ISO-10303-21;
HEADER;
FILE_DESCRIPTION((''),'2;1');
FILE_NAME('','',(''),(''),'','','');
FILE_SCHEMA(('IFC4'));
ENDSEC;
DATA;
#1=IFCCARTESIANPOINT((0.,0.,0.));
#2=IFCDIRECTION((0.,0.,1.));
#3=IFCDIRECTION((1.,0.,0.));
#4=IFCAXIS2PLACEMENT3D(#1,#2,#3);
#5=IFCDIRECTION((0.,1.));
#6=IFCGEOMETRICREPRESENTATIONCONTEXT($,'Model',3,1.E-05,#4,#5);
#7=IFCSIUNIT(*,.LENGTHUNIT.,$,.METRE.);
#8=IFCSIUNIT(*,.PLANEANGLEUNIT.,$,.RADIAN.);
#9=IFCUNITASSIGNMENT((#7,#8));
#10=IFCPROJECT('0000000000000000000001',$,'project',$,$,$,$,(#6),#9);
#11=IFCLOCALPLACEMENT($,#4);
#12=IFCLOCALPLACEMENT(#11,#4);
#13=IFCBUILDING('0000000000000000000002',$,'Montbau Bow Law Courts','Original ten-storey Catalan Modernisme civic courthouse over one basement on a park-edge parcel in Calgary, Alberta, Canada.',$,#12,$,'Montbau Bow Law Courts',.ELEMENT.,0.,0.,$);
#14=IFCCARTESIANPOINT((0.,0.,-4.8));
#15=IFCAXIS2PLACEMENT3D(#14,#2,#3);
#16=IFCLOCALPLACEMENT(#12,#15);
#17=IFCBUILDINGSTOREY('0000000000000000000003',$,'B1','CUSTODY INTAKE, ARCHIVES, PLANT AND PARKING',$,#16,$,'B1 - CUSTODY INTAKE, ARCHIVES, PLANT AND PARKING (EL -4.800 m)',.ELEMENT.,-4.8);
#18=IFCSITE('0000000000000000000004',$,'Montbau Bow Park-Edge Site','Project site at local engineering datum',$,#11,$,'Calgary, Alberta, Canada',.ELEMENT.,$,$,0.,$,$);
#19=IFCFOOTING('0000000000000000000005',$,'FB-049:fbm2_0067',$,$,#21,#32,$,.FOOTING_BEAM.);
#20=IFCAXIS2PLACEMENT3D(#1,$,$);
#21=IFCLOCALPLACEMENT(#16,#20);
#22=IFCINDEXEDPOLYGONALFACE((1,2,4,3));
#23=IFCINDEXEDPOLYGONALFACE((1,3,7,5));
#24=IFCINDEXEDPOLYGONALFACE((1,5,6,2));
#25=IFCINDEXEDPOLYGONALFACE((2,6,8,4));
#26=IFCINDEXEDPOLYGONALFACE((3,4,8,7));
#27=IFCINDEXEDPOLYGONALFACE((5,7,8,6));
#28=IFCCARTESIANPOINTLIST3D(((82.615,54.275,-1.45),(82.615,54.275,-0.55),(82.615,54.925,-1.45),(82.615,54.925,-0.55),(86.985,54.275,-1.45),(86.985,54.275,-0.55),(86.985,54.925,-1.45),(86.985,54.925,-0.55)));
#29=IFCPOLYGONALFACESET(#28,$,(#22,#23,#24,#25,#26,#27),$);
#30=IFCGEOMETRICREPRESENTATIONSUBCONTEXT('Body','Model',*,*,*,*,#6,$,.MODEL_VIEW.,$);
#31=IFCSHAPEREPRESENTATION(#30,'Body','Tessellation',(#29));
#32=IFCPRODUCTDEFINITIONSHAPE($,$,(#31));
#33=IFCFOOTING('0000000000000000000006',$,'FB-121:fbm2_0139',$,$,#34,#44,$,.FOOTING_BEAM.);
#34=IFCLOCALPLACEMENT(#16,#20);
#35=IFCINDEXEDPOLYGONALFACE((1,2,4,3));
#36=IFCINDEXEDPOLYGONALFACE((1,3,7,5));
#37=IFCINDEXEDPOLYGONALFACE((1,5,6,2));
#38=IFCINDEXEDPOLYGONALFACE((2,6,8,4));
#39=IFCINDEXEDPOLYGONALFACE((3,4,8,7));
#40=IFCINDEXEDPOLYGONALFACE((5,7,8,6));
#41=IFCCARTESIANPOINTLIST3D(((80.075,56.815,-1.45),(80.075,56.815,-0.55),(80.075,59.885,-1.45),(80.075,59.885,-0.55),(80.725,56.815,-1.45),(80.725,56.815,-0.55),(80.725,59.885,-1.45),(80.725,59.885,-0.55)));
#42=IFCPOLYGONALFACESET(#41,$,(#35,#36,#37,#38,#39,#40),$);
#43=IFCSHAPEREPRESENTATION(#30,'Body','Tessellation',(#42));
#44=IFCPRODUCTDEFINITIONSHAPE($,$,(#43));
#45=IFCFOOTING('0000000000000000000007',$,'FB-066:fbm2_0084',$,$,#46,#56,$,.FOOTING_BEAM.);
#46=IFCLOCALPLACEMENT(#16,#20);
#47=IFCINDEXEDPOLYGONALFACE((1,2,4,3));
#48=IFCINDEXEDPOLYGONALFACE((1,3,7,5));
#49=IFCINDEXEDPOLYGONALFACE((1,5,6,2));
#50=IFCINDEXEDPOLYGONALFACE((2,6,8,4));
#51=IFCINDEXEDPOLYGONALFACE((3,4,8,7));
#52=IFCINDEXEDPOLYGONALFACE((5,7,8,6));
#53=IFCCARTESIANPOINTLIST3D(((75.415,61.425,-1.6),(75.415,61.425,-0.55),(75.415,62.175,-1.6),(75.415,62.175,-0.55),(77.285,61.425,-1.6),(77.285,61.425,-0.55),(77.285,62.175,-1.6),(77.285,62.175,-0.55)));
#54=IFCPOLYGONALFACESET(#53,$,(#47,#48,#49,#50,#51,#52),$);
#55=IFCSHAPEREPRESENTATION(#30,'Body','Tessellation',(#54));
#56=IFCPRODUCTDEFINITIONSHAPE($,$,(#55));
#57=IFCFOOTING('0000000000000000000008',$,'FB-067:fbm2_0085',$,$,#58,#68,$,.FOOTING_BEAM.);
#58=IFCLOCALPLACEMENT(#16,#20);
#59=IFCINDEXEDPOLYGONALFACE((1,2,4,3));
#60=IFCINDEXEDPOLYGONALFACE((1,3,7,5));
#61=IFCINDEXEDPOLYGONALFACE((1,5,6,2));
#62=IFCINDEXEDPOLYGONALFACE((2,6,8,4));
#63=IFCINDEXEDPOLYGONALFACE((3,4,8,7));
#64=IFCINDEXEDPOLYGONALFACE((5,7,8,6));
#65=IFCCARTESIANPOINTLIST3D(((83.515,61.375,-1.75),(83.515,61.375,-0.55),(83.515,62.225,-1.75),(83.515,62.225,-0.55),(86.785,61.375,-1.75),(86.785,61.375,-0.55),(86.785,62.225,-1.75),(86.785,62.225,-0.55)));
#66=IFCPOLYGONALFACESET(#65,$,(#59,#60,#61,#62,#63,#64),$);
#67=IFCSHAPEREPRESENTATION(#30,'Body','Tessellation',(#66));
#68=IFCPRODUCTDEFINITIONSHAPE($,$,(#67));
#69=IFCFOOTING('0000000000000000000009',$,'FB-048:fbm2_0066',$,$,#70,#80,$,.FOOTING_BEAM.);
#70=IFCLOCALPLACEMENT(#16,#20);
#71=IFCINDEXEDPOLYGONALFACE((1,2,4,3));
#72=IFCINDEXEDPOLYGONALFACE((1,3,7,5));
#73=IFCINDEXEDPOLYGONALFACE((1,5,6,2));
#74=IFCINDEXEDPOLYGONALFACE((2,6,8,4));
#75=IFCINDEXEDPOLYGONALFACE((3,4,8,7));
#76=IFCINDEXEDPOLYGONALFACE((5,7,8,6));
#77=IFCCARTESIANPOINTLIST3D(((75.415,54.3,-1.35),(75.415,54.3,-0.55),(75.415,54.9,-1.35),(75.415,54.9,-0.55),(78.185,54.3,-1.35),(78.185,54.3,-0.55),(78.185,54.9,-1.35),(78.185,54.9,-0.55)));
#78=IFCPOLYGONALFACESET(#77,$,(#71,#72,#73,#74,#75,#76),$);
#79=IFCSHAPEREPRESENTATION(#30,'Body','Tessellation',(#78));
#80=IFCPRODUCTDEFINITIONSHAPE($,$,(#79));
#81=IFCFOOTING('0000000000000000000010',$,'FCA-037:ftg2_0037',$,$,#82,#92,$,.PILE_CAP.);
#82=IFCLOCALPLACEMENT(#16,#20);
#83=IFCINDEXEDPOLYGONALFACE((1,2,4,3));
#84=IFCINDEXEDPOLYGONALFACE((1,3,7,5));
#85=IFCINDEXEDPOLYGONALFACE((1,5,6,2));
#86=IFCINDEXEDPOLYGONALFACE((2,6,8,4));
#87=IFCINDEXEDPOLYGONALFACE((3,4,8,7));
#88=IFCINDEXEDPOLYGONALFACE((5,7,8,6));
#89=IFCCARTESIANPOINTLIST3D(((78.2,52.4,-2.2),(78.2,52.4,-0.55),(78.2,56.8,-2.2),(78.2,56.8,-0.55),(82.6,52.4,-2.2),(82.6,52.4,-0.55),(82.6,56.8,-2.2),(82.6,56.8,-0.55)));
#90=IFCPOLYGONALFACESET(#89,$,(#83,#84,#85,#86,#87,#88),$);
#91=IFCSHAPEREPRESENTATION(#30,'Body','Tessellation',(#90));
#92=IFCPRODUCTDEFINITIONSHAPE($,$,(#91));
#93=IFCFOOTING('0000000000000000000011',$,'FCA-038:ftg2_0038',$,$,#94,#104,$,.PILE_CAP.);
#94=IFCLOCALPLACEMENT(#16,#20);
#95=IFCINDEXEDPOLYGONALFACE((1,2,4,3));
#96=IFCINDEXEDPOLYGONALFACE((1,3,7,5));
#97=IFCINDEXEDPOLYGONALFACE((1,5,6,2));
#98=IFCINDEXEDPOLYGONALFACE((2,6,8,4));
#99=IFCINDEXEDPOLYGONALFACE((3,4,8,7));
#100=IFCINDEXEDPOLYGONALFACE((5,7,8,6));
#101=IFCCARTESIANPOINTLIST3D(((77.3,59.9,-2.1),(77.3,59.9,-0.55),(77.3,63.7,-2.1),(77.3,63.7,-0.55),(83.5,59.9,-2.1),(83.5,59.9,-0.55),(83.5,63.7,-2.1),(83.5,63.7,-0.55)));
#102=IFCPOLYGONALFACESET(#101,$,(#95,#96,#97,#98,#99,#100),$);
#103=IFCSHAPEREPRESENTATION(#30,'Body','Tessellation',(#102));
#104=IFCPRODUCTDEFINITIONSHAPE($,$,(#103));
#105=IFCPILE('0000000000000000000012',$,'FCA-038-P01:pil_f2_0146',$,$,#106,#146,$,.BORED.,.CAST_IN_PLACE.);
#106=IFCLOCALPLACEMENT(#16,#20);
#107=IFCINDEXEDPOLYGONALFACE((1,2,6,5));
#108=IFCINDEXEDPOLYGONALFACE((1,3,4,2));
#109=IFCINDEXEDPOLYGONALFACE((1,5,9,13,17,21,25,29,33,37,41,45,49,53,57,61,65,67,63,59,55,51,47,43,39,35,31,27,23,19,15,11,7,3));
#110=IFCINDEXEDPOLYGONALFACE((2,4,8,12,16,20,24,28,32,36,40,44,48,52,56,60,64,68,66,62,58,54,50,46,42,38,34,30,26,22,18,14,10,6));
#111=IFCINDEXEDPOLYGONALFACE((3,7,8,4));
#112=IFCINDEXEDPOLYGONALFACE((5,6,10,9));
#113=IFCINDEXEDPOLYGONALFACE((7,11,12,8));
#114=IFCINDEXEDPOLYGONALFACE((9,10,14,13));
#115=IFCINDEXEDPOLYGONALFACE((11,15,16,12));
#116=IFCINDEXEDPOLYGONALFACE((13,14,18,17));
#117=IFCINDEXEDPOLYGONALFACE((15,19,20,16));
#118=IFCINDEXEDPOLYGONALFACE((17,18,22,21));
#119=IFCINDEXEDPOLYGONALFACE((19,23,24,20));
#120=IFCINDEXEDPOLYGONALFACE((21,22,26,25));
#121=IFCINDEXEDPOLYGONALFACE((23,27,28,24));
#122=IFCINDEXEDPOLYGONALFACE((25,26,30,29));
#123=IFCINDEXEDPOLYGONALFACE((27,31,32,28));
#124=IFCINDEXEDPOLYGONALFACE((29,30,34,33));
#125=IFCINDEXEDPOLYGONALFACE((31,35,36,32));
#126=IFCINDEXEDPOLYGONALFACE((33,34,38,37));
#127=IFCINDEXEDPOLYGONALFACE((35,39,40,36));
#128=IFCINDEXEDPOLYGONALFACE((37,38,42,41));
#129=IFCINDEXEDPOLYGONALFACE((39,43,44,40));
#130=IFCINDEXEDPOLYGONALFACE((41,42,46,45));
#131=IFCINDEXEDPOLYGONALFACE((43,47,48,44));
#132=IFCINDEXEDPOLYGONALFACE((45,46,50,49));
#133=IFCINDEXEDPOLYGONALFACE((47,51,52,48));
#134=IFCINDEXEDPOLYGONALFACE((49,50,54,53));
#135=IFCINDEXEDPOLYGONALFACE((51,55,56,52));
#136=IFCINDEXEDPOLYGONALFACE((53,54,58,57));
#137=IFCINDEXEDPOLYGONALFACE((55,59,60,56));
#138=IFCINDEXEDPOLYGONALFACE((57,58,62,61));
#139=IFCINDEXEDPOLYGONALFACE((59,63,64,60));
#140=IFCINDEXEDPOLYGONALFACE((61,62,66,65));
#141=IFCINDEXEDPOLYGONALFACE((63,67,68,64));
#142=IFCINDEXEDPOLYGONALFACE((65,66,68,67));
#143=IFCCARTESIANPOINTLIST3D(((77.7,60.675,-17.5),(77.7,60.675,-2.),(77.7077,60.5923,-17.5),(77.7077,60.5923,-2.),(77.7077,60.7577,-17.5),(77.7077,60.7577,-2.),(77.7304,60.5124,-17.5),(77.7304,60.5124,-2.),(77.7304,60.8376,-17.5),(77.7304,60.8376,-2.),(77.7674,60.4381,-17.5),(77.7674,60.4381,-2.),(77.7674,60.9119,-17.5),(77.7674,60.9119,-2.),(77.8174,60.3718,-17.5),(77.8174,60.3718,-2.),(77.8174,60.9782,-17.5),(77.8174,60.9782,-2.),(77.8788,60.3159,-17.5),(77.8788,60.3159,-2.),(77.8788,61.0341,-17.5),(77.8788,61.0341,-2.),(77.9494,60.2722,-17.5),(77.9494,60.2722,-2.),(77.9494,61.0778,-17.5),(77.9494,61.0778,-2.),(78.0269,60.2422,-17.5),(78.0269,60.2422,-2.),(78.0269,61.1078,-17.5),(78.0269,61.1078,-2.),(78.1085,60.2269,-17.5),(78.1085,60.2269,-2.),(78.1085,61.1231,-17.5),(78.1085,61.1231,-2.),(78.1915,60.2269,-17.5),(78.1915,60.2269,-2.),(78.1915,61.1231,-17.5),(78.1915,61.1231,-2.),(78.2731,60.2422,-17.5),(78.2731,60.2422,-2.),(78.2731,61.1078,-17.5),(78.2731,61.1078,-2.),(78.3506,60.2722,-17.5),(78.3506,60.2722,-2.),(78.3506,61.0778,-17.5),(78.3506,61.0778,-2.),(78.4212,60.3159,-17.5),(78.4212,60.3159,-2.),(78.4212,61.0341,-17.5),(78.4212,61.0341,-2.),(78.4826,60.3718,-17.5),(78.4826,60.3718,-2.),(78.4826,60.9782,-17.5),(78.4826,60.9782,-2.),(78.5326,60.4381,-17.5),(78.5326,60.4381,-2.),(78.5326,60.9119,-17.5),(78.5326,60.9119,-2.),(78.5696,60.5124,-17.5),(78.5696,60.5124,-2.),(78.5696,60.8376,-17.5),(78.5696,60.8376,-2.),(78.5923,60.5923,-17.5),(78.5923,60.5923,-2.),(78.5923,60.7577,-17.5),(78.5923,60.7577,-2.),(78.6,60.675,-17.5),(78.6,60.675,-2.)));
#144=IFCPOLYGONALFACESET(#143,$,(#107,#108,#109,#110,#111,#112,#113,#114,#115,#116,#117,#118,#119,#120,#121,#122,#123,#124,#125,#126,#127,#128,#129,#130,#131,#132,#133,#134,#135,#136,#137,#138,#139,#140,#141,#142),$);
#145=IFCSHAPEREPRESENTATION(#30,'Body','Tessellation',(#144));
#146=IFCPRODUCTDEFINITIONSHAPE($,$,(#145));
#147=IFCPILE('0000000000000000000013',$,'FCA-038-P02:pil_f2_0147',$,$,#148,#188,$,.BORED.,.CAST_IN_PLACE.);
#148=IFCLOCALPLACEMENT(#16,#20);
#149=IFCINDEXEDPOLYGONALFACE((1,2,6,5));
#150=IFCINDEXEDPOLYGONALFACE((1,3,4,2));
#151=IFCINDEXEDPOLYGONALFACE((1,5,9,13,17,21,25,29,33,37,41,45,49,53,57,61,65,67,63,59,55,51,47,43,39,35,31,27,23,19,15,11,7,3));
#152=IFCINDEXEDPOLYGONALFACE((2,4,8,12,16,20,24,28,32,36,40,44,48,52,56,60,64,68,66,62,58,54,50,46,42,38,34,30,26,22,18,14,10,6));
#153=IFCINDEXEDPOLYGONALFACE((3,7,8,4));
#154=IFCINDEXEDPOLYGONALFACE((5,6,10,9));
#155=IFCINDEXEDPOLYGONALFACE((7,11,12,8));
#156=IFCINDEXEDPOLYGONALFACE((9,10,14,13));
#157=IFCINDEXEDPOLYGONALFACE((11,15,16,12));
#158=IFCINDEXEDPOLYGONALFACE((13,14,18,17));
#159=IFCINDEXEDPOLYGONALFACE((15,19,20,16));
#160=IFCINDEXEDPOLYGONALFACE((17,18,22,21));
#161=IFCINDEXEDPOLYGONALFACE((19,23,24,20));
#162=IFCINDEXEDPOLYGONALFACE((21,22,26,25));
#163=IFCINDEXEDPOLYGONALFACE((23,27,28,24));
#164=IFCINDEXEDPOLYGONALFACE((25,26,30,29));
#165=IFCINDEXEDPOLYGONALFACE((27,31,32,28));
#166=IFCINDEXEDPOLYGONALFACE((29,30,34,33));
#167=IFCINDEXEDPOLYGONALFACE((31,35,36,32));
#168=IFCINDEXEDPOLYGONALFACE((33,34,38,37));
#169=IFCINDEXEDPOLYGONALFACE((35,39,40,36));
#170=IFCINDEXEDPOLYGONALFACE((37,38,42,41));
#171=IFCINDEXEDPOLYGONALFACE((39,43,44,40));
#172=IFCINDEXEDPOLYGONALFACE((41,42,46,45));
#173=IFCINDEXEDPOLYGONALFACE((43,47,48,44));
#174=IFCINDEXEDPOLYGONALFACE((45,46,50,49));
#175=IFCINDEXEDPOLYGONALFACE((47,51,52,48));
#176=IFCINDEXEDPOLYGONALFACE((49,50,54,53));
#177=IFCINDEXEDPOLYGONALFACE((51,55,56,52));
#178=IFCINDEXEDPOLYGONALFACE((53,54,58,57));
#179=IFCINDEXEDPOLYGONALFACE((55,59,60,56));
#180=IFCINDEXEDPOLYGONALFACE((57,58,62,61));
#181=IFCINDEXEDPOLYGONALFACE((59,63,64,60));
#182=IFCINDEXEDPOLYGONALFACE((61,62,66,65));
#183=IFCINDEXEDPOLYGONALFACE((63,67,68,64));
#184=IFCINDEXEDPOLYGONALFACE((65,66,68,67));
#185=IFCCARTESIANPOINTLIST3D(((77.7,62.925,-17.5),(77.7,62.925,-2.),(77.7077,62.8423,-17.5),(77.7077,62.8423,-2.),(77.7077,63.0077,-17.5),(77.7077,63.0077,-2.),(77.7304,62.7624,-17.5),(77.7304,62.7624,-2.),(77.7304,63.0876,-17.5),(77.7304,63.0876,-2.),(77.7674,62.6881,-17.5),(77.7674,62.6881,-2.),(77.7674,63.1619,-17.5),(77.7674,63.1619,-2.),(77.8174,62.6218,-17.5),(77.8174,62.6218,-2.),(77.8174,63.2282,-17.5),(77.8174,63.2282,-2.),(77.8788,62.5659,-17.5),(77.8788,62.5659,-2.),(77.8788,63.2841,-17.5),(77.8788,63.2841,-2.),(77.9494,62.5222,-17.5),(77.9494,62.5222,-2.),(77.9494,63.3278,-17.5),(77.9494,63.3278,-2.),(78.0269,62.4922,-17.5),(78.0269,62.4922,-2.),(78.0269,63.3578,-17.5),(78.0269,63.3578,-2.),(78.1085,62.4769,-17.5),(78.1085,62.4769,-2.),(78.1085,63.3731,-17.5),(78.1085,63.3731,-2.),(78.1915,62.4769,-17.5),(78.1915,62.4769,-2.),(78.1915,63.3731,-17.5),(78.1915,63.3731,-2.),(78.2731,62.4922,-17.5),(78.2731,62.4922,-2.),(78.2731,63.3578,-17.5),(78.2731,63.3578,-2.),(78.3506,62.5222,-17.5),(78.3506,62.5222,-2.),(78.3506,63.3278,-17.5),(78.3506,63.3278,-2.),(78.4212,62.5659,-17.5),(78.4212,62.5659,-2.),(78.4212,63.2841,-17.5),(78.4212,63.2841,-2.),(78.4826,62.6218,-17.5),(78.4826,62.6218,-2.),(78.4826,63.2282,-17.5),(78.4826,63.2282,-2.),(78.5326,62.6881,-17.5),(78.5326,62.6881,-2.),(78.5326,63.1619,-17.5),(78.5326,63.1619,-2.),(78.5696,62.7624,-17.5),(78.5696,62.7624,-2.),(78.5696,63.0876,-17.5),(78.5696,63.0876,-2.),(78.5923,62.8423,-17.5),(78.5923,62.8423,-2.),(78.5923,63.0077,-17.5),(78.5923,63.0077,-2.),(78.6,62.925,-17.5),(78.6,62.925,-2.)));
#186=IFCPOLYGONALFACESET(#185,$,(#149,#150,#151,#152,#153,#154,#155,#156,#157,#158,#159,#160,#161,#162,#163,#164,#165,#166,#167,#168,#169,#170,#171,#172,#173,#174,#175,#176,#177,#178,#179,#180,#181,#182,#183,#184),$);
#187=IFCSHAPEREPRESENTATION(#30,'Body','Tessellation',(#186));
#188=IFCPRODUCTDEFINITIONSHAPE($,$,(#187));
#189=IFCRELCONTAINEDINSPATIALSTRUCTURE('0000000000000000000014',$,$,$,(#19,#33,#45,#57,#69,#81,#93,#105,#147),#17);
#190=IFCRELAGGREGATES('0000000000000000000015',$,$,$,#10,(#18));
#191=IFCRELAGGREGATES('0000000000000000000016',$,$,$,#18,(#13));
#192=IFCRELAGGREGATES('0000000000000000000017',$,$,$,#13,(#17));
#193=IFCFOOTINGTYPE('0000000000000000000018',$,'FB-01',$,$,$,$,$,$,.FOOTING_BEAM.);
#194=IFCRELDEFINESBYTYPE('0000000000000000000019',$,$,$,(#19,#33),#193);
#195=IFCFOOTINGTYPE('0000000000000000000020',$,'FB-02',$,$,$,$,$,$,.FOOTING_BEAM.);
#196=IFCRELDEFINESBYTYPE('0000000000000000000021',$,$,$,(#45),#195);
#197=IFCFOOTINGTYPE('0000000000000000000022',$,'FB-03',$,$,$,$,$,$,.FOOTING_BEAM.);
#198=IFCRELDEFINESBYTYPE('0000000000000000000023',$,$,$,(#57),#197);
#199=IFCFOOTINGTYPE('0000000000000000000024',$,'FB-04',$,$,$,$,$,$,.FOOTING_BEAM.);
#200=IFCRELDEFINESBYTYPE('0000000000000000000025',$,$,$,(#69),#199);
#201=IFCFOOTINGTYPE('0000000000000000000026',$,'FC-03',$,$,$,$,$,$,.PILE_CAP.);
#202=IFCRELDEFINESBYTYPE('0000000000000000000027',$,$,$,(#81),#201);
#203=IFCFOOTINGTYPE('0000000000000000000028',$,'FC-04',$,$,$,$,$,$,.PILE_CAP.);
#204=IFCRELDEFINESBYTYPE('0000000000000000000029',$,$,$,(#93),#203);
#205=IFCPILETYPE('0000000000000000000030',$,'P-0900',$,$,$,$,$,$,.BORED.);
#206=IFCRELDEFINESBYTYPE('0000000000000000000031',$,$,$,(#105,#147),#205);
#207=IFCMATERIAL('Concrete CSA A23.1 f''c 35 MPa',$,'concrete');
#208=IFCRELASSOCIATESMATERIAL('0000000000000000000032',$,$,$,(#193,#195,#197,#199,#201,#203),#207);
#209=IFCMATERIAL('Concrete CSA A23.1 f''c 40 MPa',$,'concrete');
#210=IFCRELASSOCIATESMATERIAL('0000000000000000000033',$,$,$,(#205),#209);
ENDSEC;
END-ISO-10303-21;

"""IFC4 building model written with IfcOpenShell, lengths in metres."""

from ifc_helpers import new_model, si_unit, direction, frame, origin_with_axes, origin_2d_with_axis, place, context, subcontext, project, spatial, rectangle, circle, extrude, material, material_profile, profile_set, type_object, element, save


model = new_model("IFC4")

# Units and contexts
model_context = context("Model", 3, precision=1e-05, world=origin_with_axes(), true_north=direction((0.0, 1.0)))
body_context = subcontext(model_context, "Body", "Model", "MODEL_VIEW")
ifc_project = project(units=[si_unit("LENGTHUNIT", "METRE"), si_unit("PLANEANGLEUNIT", "RADIAN")], contexts=[model_context])

# Site, building, storey
site_placement = place(None, origin_with_axes())
site = spatial("IfcSite", under=ifc_project, at=site_placement, Name="Montbau Bow Park-Edge Site", Description="Project site at local engineering datum", LongName="Calgary, Alberta, Canada", CompositionType="ELEMENT", RefElevation=0.0)
building_placement = place(site_placement, origin_with_axes())
building = spatial("IfcBuilding", under=site, at=building_placement, Name="Montbau Bow Law Courts", Description="Original ten-storey Catalan Modernisme civic courthouse over one basement on a park-edge parcel in Calgary, Alberta, Canada.", LongName="Montbau Bow Law Courts", CompositionType="ELEMENT", ElevationOfRefHeight=0.0, ElevationOfTerrain=0.0)
storey_placement = place(building_placement, frame((0.0, 0.0, -4.8), z_axis=(0.0, 0.0, 1.0), x_axis=(1.0, 0.0, 0.0)))
storey = spatial("IfcBuildingStorey", under=building, at=storey_placement, Name="B1", Description="CUSTODY INTAKE, ARCHIVES, PLANT AND PARKING", LongName="B1 - CUSTODY INTAKE, ARCHIVES, PLANT AND PARKING (EL -4.800 m)", CompositionType="ELEMENT", Elevation=-4.8)

# Footings
ifc_material_1 = material(Name="Concrete CSA A23.1 f'c 35 MPa", Category="concrete")
footing_type_1 = type_object("IfcFootingType", Name="FB-01", PredefinedType="FOOTING_BEAM", material=ifc_material_1)
footing_1_placement = place(None, frame((84.8, 54.6, -6.25), z_axis=(0.0, 0.0, 1.0), x_axis=(1.0, 0.0, 0.0)))
element("IfcFooting", 1, at=footing_1_placement, inside=storey, type_object=footing_type_1, Name="FB-049:fbm2_0067", PredefinedType="FOOTING_BEAM", context=body_context, shape_type="SweptSolid", body=[
    extrude(rectangle(XDim=4.37, YDim=0.65, at=origin_2d_with_axis()), origin_with_axes(), (0.0, 0.0, 1.0), 0.9),
])
footing_2_placement = place(None, frame((80.4, 58.35, -6.25), z_axis=(0.0, 0.0, 1.0), x_axis=(0.0, 1.0, 0.0)))
element("IfcFooting", 2, at=footing_2_placement, inside=storey, type_object=footing_type_1, Name="FB-121:fbm2_0139", PredefinedType="FOOTING_BEAM", context=body_context, shape_type="SweptSolid", body=[
    extrude(rectangle(XDim=3.07, YDim=0.65, at=origin_2d_with_axis()), origin_with_axes(), (0.0, 0.0, 1.0), 0.9),
])
footing_type_2 = type_object("IfcFootingType", Name="FB-02", PredefinedType="FOOTING_BEAM", material=ifc_material_1)
footing_3_placement = place(None, frame((76.35, 61.8, -6.4), z_axis=(0.0, 0.0, 1.0), x_axis=(1.0, 0.0, 0.0)))
element("IfcFooting", 3, at=footing_3_placement, inside=storey, type_object=footing_type_2, Name="FB-066:fbm2_0084", PredefinedType="FOOTING_BEAM", context=body_context, shape_type="SweptSolid", body=[
    extrude(rectangle(XDim=1.87, YDim=0.75, at=origin_2d_with_axis()), origin_with_axes(), (0.0, 0.0, 1.0), 1.05),
])
footing_type_3 = type_object("IfcFootingType", Name="FB-03", PredefinedType="FOOTING_BEAM", material=ifc_material_1)
footing_4_placement = place(None, frame((85.15, 61.8, -6.55), z_axis=(0.0, 0.0, 1.0), x_axis=(1.0, 0.0, 0.0)))
element("IfcFooting", 4, at=footing_4_placement, inside=storey, type_object=footing_type_3, Name="FB-067:fbm2_0085", PredefinedType="FOOTING_BEAM", context=body_context, shape_type="SweptSolid", body=[
    extrude(rectangle(XDim=3.27, YDim=0.85, at=origin_2d_with_axis()), origin_with_axes(), (0.0, 0.0, 1.0), 1.2),
])
footing_type_4 = type_object("IfcFootingType", Name="FB-04", PredefinedType="FOOTING_BEAM", material=ifc_material_1)
footing_5_placement = place(None, frame((76.8, 54.6, -6.15), z_axis=(0.0, 0.0, 1.0), x_axis=(1.0, 0.0, 0.0)))
element("IfcFooting", 5, at=footing_5_placement, inside=storey, type_object=footing_type_4, Name="FB-048:fbm2_0066", PredefinedType="FOOTING_BEAM", context=body_context, shape_type="SweptSolid", body=[
    extrude(rectangle(XDim=2.77, YDim=0.6, at=origin_2d_with_axis()), origin_with_axes(), (0.0, 0.0, 1.0), 0.8),
])
footing_type_5 = type_object("IfcFootingType", Name="FC-03", PredefinedType="PILE_CAP", material=ifc_material_1)
footing_6_placement = place(None, frame((80.4, 54.6, -7.0), z_axis=(0.0, 0.0, 1.0), x_axis=(1.0, 0.0, 0.0)))
element("IfcFooting", 6, at=footing_6_placement, inside=storey, type_object=footing_type_5, Name="FCA-037:ftg2_0037", PredefinedType="PILE_CAP", context=body_context, shape_type="SweptSolid", body=[
    extrude(rectangle(XDim=4.4, YDim=4.4, at=origin_2d_with_axis()), origin_with_axes(), (0.0, 0.0, 1.0), 1.65),
])
footing_type_6 = type_object("IfcFootingType", Name="FC-04", PredefinedType="PILE_CAP", material=ifc_material_1)
footing_7_placement = place(None, frame((80.4, 61.8, -6.9), z_axis=(0.0, 0.0, 1.0), x_axis=(1.0, 0.0, 0.0)))
element("IfcFooting", 7, at=footing_7_placement, inside=storey, type_object=footing_type_6, Name="FCA-038:ftg2_0038", PredefinedType="PILE_CAP", context=body_context, shape_type="SweptSolid", body=[
    extrude(rectangle(XDim=6.2, YDim=3.8, at=origin_2d_with_axis()), origin_with_axes(), (0.0, 0.0, 1.0), 1.55),
])

# Piles
ifc_material_2 = material(Name="Concrete CSA A23.1 f'c 40 MPa", Category="concrete")
ifc_material_profile_1 = material_profile(ifc_material_2, circle(Radius=0.45, at=origin_2d_with_axis()), Name="BP900", Category="Main", Priority=0)
ifc_profile_set_1 = profile_set([ifc_material_profile_1], Name="Concrete CSA A23.1 f'c 40 MPa")
pile_type_1 = type_object("IfcPileType", Name="P-0900", PredefinedType="BORED", material=ifc_profile_set_1)
for number, where, z_axis, x_axis, name in (
    (8, (78.15, 60.675, -22.3), (0.0, 0.0, 1.0), (1.0, 0.0, 0.0), "FCA-038-P01:pil_f2_0146"),
    (9, (78.15, 62.925, -22.3), (0.0, 0.0, 1.0), (1.0, 0.0, 0.0), "FCA-038-P02:pil_f2_0147"),
):
    element("IfcPile", number, at=place(None, frame(where, z_axis=z_axis, x_axis=x_axis)), inside=storey, type_object=pile_type_1, Name=name, ConstructionType="CAST_IN_PLACE", PredefinedType="BORED", context=body_context, shape_type="SweptSolid", body=[
        extrude(circle(Radius=0.45, at=origin_2d_with_axis()), origin_with_axes(), (0.0, 0.0, 1.0), 15.5),
    ])

save(model, "model.ifc")
